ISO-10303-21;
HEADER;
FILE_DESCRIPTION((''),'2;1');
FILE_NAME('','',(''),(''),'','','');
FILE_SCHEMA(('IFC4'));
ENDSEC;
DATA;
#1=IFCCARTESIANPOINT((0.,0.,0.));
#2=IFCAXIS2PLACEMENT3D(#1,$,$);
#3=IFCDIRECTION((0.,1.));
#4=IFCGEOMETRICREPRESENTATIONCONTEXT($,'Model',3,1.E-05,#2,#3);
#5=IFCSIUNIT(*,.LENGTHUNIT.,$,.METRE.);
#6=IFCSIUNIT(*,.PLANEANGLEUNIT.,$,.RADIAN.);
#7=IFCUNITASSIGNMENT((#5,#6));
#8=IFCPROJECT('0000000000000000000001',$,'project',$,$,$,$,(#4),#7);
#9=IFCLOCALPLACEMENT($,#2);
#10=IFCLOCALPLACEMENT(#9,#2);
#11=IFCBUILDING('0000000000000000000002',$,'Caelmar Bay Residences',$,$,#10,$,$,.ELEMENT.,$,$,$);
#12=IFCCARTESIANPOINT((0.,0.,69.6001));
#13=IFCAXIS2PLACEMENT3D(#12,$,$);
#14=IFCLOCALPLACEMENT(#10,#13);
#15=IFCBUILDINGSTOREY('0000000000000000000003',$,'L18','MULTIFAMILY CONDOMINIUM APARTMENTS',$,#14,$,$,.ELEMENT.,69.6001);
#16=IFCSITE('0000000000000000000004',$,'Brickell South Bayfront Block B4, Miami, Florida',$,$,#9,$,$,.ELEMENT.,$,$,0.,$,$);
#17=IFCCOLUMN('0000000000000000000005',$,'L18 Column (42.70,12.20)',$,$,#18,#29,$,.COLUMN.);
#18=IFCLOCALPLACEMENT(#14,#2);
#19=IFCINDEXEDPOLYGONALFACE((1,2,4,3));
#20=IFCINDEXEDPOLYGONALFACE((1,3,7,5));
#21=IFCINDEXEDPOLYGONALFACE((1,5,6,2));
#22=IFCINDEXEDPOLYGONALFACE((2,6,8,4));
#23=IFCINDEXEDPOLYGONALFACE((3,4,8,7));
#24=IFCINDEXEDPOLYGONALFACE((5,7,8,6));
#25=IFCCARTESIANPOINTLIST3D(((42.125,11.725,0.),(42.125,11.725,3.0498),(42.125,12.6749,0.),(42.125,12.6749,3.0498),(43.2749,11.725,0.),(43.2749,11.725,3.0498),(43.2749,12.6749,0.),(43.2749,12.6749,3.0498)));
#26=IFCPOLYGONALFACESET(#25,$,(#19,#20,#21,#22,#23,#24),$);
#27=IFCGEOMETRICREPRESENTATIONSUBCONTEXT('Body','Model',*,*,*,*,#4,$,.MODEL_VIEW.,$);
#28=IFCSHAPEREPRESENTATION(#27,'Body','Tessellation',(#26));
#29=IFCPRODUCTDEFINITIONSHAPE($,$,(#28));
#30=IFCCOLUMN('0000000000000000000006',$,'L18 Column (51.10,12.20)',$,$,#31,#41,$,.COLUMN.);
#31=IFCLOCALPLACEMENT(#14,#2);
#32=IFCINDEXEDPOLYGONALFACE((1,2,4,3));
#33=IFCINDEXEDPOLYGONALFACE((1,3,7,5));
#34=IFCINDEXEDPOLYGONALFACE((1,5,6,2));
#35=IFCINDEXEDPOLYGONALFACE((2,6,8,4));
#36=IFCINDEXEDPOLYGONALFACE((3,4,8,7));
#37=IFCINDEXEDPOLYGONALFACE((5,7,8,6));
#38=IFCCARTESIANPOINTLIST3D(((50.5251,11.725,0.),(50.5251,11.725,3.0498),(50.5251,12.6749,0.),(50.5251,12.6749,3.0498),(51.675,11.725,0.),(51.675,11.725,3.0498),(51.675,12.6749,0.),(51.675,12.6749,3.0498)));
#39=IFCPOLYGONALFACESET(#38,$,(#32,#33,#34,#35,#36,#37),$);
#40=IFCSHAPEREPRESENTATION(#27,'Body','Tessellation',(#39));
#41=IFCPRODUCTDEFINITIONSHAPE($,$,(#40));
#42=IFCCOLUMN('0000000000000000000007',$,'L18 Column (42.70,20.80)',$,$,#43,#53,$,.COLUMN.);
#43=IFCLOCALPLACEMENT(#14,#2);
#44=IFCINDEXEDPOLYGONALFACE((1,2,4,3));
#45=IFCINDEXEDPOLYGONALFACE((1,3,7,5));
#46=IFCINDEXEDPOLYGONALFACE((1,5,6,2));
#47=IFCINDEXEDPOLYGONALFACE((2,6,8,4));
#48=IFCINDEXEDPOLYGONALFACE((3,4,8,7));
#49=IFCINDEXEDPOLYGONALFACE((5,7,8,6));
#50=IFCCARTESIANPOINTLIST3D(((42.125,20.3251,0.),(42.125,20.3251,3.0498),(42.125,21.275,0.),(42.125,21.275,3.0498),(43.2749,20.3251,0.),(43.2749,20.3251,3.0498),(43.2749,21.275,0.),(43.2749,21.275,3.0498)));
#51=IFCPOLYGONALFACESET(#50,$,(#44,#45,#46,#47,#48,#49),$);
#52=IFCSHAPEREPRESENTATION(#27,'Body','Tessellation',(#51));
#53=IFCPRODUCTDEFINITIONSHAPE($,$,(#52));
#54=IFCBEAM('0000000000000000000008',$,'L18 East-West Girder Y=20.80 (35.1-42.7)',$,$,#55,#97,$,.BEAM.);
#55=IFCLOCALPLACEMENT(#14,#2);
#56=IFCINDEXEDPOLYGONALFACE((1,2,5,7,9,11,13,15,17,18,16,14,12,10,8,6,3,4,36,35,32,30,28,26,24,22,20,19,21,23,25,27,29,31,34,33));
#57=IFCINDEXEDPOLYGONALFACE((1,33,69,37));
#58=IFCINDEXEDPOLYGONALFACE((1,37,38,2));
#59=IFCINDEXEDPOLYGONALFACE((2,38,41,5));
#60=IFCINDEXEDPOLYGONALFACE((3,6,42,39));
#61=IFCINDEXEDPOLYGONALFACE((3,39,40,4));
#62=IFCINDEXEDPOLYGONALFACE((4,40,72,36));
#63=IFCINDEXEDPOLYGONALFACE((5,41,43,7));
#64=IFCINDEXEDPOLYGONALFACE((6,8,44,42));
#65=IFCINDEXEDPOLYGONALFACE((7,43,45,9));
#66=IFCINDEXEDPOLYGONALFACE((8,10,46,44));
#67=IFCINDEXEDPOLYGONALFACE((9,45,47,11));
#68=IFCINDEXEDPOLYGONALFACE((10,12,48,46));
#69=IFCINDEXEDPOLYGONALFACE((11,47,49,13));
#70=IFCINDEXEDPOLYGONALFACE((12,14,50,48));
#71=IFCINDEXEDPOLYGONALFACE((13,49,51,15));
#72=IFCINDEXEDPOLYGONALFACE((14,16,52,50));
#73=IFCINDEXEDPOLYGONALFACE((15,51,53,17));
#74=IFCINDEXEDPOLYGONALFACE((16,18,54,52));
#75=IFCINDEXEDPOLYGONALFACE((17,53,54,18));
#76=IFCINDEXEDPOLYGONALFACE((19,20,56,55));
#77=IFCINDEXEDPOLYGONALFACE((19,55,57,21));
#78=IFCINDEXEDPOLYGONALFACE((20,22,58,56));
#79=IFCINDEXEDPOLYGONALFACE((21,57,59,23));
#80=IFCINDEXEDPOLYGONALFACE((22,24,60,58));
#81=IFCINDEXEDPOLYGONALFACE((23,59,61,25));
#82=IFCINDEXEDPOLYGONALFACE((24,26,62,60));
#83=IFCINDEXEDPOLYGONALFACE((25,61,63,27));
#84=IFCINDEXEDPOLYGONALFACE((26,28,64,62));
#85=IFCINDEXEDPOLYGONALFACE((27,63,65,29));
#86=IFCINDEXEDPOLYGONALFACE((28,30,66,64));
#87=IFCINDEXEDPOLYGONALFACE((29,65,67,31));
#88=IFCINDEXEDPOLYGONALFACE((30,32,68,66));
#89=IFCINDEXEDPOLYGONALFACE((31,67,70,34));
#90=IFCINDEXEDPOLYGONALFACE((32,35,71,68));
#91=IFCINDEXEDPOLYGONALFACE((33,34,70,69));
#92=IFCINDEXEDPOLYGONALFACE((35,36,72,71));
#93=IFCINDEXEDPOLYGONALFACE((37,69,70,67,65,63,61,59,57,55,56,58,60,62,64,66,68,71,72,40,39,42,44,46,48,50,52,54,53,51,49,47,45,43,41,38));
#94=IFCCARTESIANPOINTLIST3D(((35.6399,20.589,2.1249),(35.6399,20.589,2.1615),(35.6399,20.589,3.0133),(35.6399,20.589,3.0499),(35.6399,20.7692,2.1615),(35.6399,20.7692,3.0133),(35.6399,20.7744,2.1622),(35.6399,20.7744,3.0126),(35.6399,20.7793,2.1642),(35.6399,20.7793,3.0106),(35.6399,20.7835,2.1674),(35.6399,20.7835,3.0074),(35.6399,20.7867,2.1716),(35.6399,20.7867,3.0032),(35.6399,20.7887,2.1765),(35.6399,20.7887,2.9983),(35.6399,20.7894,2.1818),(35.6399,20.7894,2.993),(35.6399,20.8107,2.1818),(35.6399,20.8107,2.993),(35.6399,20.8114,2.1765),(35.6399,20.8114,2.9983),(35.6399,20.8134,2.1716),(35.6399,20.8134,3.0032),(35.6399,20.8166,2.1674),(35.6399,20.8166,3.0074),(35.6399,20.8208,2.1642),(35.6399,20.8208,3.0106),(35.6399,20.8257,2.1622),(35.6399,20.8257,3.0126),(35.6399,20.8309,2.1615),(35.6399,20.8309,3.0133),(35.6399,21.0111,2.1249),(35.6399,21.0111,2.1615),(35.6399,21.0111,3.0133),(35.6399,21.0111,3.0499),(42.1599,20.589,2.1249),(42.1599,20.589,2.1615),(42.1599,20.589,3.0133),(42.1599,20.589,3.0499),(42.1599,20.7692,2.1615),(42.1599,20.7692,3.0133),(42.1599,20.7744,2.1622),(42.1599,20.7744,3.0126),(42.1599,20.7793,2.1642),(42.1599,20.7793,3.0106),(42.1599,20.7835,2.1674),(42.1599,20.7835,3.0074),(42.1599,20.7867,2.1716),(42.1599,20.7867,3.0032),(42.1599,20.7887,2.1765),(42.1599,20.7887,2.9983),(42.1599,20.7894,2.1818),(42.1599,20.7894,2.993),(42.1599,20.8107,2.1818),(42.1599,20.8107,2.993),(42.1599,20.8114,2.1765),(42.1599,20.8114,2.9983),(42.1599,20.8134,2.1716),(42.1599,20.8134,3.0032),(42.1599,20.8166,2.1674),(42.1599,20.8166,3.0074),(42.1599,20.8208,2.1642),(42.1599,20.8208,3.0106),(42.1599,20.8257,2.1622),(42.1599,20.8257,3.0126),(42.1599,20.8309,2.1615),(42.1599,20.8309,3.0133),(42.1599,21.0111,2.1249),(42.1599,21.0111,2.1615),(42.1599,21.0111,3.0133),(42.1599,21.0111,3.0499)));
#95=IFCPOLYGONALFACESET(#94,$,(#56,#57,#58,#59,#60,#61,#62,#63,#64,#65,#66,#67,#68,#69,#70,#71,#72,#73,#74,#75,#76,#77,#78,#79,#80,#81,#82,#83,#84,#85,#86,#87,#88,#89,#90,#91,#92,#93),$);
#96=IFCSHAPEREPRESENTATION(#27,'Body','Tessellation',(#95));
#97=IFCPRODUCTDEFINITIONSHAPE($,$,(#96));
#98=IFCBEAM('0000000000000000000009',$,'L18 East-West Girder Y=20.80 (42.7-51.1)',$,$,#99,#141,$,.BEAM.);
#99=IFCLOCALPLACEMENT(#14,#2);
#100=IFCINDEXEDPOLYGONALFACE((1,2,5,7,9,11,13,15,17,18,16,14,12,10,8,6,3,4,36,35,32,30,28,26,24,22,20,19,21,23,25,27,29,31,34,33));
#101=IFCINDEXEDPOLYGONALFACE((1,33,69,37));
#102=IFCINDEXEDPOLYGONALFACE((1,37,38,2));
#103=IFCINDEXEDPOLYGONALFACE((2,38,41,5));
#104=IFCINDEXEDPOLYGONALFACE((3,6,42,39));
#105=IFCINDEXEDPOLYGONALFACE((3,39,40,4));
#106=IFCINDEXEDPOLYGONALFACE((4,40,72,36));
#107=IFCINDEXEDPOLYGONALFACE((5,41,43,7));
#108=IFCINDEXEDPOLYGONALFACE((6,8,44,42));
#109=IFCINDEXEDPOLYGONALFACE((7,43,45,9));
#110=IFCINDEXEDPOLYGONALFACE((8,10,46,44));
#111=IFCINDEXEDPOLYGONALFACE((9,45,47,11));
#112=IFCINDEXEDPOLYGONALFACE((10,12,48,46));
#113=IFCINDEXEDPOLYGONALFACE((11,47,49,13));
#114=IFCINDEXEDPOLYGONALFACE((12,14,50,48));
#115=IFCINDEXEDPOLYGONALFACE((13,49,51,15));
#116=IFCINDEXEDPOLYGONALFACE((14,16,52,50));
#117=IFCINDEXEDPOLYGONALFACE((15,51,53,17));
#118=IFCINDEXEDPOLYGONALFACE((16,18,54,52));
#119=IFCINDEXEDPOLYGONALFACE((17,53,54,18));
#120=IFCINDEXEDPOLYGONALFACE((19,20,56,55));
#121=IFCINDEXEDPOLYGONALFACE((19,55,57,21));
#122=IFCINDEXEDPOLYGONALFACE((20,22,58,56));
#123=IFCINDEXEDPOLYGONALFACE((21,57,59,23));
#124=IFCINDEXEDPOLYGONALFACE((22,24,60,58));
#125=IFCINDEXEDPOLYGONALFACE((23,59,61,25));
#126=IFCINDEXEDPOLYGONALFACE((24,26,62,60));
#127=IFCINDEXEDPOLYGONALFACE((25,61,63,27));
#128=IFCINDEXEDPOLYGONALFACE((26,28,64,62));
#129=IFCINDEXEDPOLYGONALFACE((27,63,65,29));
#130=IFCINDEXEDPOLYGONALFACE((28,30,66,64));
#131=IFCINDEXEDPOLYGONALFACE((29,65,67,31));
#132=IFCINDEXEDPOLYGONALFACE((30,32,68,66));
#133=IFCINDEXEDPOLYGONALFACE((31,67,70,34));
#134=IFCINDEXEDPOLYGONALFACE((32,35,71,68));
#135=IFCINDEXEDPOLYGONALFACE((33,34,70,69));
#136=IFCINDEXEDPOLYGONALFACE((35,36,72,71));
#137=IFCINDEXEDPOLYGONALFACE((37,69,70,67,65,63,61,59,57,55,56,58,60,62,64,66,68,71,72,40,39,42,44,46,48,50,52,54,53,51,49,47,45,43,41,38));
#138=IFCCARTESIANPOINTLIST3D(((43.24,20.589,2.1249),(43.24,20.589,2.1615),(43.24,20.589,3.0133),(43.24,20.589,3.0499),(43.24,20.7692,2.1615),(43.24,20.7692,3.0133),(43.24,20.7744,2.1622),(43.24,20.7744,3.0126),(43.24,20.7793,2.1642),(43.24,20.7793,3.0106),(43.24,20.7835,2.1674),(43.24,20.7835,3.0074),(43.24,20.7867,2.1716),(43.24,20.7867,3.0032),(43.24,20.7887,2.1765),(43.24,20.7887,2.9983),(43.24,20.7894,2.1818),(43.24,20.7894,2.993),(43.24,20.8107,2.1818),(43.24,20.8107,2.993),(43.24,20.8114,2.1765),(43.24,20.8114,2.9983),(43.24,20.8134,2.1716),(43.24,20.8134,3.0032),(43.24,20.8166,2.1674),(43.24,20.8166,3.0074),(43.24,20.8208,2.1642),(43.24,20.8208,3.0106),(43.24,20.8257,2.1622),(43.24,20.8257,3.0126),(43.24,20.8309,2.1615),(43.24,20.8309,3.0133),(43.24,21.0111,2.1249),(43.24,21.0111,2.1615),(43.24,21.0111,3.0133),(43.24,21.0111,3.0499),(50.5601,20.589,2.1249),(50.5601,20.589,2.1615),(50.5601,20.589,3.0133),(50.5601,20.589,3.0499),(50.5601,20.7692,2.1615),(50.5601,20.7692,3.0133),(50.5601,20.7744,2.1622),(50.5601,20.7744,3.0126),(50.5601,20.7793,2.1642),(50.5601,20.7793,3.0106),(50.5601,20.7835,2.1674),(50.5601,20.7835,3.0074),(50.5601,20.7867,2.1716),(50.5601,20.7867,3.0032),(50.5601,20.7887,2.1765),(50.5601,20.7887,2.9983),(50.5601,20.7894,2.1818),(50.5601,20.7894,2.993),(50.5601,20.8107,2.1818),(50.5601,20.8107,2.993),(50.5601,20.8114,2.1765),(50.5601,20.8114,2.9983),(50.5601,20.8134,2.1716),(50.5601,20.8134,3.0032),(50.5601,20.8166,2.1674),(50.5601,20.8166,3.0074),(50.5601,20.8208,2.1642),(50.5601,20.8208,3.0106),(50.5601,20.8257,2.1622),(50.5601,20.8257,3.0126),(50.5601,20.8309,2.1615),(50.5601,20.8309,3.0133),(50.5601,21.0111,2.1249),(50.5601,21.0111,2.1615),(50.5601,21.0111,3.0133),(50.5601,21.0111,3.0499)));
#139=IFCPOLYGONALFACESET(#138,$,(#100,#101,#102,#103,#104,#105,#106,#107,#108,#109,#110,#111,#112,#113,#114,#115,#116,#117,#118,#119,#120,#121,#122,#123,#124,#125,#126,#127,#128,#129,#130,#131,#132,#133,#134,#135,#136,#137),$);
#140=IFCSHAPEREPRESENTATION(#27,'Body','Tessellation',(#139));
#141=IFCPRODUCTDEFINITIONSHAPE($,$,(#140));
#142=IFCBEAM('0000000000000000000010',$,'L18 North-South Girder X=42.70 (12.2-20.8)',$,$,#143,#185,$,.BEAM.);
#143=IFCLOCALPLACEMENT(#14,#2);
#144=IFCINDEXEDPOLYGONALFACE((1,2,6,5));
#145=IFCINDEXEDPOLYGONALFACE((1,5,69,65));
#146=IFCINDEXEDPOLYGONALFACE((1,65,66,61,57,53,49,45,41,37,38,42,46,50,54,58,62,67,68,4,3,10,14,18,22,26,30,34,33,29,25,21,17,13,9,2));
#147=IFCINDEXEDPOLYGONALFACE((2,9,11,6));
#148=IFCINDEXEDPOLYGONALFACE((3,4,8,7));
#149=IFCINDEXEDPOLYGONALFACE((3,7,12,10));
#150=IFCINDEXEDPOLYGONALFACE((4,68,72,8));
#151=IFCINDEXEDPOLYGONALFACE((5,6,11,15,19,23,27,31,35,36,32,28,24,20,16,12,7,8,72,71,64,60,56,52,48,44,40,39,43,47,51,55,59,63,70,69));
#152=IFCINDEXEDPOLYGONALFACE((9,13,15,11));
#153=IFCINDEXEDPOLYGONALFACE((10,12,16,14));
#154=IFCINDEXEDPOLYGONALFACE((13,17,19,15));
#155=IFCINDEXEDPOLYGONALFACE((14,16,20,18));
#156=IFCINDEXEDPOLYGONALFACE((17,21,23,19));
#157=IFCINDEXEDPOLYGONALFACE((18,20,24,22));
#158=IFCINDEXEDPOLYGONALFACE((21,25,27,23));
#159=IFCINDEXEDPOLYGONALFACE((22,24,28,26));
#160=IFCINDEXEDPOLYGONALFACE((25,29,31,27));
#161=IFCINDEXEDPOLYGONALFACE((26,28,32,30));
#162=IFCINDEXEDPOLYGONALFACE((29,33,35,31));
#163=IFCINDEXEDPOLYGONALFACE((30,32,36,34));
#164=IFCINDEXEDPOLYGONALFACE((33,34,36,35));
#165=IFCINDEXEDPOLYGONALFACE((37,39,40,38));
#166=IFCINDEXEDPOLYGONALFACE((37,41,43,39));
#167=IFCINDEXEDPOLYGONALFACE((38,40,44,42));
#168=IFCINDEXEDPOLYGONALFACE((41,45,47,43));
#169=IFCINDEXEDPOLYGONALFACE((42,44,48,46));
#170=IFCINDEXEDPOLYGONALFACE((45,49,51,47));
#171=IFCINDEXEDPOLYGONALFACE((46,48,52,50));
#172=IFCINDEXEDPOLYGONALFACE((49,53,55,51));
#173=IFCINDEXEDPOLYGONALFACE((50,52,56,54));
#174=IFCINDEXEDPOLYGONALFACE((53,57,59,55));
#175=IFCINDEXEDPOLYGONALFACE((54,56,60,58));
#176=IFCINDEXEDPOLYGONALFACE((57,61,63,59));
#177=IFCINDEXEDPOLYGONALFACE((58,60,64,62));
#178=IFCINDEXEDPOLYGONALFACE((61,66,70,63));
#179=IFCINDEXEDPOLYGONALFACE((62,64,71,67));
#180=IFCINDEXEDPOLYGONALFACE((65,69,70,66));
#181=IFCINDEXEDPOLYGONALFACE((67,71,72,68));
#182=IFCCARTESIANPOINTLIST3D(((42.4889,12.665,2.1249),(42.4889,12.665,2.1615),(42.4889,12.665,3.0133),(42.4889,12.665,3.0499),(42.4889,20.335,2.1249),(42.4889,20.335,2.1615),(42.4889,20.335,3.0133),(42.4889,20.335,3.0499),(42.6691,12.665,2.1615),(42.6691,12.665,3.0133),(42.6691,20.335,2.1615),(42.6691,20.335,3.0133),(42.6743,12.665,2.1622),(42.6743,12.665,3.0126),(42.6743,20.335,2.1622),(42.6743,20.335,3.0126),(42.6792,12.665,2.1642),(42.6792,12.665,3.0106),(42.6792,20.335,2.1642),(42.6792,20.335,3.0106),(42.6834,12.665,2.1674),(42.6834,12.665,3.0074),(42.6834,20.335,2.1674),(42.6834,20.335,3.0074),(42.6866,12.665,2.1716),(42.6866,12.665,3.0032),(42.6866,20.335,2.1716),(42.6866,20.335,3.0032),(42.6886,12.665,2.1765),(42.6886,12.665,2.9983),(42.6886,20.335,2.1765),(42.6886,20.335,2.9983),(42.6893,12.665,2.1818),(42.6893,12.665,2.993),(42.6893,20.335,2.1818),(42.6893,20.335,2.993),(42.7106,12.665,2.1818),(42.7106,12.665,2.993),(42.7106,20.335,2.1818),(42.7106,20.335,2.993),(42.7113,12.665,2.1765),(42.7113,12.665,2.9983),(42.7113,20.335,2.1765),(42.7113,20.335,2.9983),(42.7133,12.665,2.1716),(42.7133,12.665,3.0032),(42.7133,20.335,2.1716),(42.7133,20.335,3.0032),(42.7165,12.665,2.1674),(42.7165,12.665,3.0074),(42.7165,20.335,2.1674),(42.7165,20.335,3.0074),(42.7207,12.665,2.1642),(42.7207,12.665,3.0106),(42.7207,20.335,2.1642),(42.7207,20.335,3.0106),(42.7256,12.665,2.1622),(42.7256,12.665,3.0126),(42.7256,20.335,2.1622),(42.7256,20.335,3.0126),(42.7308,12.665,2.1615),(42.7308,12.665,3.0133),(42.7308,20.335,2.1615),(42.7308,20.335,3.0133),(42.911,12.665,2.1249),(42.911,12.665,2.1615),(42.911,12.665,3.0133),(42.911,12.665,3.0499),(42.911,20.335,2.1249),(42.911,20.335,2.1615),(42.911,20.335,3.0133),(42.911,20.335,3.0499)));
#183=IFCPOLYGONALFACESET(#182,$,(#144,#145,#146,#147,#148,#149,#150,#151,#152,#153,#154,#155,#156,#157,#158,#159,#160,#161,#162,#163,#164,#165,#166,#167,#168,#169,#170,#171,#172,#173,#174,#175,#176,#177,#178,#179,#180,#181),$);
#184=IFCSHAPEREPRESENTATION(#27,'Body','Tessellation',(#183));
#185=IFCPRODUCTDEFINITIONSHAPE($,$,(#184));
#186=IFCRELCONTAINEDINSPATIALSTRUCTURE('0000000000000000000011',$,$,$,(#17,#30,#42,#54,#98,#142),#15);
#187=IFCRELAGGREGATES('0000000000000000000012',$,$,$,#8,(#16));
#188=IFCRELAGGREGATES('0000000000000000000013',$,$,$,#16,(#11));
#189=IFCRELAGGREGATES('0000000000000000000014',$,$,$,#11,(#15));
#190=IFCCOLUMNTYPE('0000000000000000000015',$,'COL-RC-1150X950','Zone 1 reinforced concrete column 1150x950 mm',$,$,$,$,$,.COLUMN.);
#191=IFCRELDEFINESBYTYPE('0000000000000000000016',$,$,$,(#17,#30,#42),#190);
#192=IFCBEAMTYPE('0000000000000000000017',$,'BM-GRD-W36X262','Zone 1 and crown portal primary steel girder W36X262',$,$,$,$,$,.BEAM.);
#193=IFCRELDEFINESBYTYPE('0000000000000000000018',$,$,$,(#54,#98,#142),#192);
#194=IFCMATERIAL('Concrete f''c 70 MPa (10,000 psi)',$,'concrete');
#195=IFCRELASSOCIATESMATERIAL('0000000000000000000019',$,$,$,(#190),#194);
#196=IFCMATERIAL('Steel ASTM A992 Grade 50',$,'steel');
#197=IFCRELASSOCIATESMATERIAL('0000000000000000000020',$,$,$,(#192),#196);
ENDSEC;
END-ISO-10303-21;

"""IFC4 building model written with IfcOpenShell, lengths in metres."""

from ifc_helpers import new_model, si_unit, direction, frame, origin, origin_2d, place, context, subcontext, project, spatial, rectangle, i_section, extrude, material, material_profile, profile_set, type_object, element, save


model = new_model("IFC4")

# Units and contexts
model_context = context("Model", 3, precision=1e-05, world=origin(), true_north=direction((0.0, 1.0)))
body_context = subcontext(model_context, "Body", "Model", "MODEL_VIEW")
ifc_project = project(units=[si_unit("LENGTHUNIT", "METRE"), si_unit("PLANEANGLEUNIT", "RADIAN")], contexts=[model_context])

# Site, building, storey
site_placement = place(None, origin())
site = spatial("IfcSite", under=ifc_project, at=site_placement, Name="Brickell South Bayfront Block B4, Miami, Florida", CompositionType="ELEMENT", RefElevation=0.0)
building_placement = place(site_placement, origin())
building = spatial("IfcBuilding", under=site, at=building_placement, Name="Caelmar Bay Residences", CompositionType="ELEMENT")
storey_placement = place(building_placement, frame((0.0, 0.0, 69.6001)))
storey = spatial("IfcBuildingStorey", under=building, at=storey_placement, Name="L18", Description="MULTIFAMILY CONDOMINIUM APARTMENTS", CompositionType="ELEMENT", Elevation=69.6001)

# Columns
ifc_material_1 = material(Name="Concrete f'c 70 MPa (10,000 psi)", Category="concrete")
ifc_material_profile_1 = material_profile(ifc_material_1, rectangle(XDim=1.1499, YDim=0.95, at=origin_2d()), Name="RC-COL-1150X950")
ifc_profile_set_1 = profile_set([ifc_material_profile_1], Name="Concrete f'c 70 MPa (10,000 psi)")
column_type = type_object("IfcColumnType", Name="COL-RC-1150X950", Description="Zone 1 reinforced concrete column 1150x950 mm", PredefinedType="COLUMN", material=ifc_profile_set_1)
for number, where, z_axis, x_axis, name in (
    (1, (42.7, 12.2, 0.0), (0.0, 0.0, 1.0), (1.0, 0.0, 0.0), "L18 Column (42.70,12.20)"),
    (2, (51.1001, 12.2, 0.0), (0.0, 0.0, 1.0), (1.0, 0.0, 0.0), "L18 Column (51.10,12.20)"),
    (3, (42.7, 20.8, 0.0), (0.0, 0.0, 1.0), (1.0, 0.0, 0.0), "L18 Column (42.70,20.80)"),
):
    element("IfcColumn", number, at=place(storey_placement, frame(where, z_axis=z_axis, x_axis=x_axis)), inside=storey, type_object=column_type, Name=name, PredefinedType="COLUMN", context=body_context, shape_type="SweptSolid", body=[
        extrude(rectangle(XDim=1.1499, YDim=0.95, at=origin_2d()), origin(), (0.0, 0.0, 1.0), 3.0498),
    ])

# Beams
ifc_material_2 = material(Name="Steel ASTM A992 Grade 50", Category="steel")
ifc_material_profile_2 = material_profile(ifc_material_2, i_section(OverallWidth=0.4221, OverallDepth=0.925, WebThickness=0.0212, FlangeThickness=0.0366, FilletRadius=0.0203, at=origin_2d()), Name="W36X262")
ifc_profile_set_2 = profile_set([ifc_material_profile_2], Name="Steel ASTM A992 Grade 50")
beam_type_1 = type_object("IfcBeamType", Name="BM-GRD-W36X262", Description="Zone 1 and crown portal primary steel girder W36X262", PredefinedType="BEAM", material=ifc_profile_set_2)
beam_1_placement = place(storey_placement, frame((35.6399, 20.8, 2.5874), z_axis=(1.0, 0.0, 0.0), x_axis=(0.0, 1.0, 0.0)))
element("IfcBeam", 4, at=beam_1_placement, inside=storey, type_object=beam_type_1, Name="L18 East-West Girder Y=20.80 (35.1-42.7)", PredefinedType="BEAM", context=body_context, shape_type="SweptSolid", body=[
    extrude(i_section(OverallWidth=0.4221, OverallDepth=0.925, WebThickness=0.0212, FlangeThickness=0.0366, FilletRadius=0.0203, at=origin_2d()), origin(), (0.0, 0.0, 1.0), 6.52),
])
beam_2_placement = place(storey_placement, frame((43.24, 20.8, 2.5874), z_axis=(1.0, 0.0, 0.0), x_axis=(0.0, 1.0, 0.0)))
element("IfcBeam", 5, at=beam_2_placement, inside=storey, type_object=beam_type_1, Name="L18 East-West Girder Y=20.80 (42.7-51.1)", PredefinedType="BEAM", context=body_context, shape_type="SweptSolid", body=[
    extrude(i_section(OverallWidth=0.4221, OverallDepth=0.925, WebThickness=0.0212, FlangeThickness=0.0366, FilletRadius=0.0203, at=origin_2d()), origin(), (0.0, 0.0, 1.0), 7.3201),
])
beam_3_placement = place(storey_placement, frame((42.7, 12.665, 2.5874), z_axis=(0.0, 1.0, 0.0), x_axis=(-1.0, 0.0, 0.0)))
element("IfcBeam", 6, at=beam_3_placement, inside=storey, type_object=beam_type_1, Name="L18 North-South Girder X=42.70 (12.2-20.8)", PredefinedType="BEAM", context=body_context, shape_type="SweptSolid", body=[
    extrude(i_section(OverallWidth=0.4221, OverallDepth=0.925, WebThickness=0.0212, FlangeThickness=0.0366, FilletRadius=0.0203, at=origin_2d()), origin(), (0.0, 0.0, 1.0), 7.6699),
])

save(model, "model.ifc")
